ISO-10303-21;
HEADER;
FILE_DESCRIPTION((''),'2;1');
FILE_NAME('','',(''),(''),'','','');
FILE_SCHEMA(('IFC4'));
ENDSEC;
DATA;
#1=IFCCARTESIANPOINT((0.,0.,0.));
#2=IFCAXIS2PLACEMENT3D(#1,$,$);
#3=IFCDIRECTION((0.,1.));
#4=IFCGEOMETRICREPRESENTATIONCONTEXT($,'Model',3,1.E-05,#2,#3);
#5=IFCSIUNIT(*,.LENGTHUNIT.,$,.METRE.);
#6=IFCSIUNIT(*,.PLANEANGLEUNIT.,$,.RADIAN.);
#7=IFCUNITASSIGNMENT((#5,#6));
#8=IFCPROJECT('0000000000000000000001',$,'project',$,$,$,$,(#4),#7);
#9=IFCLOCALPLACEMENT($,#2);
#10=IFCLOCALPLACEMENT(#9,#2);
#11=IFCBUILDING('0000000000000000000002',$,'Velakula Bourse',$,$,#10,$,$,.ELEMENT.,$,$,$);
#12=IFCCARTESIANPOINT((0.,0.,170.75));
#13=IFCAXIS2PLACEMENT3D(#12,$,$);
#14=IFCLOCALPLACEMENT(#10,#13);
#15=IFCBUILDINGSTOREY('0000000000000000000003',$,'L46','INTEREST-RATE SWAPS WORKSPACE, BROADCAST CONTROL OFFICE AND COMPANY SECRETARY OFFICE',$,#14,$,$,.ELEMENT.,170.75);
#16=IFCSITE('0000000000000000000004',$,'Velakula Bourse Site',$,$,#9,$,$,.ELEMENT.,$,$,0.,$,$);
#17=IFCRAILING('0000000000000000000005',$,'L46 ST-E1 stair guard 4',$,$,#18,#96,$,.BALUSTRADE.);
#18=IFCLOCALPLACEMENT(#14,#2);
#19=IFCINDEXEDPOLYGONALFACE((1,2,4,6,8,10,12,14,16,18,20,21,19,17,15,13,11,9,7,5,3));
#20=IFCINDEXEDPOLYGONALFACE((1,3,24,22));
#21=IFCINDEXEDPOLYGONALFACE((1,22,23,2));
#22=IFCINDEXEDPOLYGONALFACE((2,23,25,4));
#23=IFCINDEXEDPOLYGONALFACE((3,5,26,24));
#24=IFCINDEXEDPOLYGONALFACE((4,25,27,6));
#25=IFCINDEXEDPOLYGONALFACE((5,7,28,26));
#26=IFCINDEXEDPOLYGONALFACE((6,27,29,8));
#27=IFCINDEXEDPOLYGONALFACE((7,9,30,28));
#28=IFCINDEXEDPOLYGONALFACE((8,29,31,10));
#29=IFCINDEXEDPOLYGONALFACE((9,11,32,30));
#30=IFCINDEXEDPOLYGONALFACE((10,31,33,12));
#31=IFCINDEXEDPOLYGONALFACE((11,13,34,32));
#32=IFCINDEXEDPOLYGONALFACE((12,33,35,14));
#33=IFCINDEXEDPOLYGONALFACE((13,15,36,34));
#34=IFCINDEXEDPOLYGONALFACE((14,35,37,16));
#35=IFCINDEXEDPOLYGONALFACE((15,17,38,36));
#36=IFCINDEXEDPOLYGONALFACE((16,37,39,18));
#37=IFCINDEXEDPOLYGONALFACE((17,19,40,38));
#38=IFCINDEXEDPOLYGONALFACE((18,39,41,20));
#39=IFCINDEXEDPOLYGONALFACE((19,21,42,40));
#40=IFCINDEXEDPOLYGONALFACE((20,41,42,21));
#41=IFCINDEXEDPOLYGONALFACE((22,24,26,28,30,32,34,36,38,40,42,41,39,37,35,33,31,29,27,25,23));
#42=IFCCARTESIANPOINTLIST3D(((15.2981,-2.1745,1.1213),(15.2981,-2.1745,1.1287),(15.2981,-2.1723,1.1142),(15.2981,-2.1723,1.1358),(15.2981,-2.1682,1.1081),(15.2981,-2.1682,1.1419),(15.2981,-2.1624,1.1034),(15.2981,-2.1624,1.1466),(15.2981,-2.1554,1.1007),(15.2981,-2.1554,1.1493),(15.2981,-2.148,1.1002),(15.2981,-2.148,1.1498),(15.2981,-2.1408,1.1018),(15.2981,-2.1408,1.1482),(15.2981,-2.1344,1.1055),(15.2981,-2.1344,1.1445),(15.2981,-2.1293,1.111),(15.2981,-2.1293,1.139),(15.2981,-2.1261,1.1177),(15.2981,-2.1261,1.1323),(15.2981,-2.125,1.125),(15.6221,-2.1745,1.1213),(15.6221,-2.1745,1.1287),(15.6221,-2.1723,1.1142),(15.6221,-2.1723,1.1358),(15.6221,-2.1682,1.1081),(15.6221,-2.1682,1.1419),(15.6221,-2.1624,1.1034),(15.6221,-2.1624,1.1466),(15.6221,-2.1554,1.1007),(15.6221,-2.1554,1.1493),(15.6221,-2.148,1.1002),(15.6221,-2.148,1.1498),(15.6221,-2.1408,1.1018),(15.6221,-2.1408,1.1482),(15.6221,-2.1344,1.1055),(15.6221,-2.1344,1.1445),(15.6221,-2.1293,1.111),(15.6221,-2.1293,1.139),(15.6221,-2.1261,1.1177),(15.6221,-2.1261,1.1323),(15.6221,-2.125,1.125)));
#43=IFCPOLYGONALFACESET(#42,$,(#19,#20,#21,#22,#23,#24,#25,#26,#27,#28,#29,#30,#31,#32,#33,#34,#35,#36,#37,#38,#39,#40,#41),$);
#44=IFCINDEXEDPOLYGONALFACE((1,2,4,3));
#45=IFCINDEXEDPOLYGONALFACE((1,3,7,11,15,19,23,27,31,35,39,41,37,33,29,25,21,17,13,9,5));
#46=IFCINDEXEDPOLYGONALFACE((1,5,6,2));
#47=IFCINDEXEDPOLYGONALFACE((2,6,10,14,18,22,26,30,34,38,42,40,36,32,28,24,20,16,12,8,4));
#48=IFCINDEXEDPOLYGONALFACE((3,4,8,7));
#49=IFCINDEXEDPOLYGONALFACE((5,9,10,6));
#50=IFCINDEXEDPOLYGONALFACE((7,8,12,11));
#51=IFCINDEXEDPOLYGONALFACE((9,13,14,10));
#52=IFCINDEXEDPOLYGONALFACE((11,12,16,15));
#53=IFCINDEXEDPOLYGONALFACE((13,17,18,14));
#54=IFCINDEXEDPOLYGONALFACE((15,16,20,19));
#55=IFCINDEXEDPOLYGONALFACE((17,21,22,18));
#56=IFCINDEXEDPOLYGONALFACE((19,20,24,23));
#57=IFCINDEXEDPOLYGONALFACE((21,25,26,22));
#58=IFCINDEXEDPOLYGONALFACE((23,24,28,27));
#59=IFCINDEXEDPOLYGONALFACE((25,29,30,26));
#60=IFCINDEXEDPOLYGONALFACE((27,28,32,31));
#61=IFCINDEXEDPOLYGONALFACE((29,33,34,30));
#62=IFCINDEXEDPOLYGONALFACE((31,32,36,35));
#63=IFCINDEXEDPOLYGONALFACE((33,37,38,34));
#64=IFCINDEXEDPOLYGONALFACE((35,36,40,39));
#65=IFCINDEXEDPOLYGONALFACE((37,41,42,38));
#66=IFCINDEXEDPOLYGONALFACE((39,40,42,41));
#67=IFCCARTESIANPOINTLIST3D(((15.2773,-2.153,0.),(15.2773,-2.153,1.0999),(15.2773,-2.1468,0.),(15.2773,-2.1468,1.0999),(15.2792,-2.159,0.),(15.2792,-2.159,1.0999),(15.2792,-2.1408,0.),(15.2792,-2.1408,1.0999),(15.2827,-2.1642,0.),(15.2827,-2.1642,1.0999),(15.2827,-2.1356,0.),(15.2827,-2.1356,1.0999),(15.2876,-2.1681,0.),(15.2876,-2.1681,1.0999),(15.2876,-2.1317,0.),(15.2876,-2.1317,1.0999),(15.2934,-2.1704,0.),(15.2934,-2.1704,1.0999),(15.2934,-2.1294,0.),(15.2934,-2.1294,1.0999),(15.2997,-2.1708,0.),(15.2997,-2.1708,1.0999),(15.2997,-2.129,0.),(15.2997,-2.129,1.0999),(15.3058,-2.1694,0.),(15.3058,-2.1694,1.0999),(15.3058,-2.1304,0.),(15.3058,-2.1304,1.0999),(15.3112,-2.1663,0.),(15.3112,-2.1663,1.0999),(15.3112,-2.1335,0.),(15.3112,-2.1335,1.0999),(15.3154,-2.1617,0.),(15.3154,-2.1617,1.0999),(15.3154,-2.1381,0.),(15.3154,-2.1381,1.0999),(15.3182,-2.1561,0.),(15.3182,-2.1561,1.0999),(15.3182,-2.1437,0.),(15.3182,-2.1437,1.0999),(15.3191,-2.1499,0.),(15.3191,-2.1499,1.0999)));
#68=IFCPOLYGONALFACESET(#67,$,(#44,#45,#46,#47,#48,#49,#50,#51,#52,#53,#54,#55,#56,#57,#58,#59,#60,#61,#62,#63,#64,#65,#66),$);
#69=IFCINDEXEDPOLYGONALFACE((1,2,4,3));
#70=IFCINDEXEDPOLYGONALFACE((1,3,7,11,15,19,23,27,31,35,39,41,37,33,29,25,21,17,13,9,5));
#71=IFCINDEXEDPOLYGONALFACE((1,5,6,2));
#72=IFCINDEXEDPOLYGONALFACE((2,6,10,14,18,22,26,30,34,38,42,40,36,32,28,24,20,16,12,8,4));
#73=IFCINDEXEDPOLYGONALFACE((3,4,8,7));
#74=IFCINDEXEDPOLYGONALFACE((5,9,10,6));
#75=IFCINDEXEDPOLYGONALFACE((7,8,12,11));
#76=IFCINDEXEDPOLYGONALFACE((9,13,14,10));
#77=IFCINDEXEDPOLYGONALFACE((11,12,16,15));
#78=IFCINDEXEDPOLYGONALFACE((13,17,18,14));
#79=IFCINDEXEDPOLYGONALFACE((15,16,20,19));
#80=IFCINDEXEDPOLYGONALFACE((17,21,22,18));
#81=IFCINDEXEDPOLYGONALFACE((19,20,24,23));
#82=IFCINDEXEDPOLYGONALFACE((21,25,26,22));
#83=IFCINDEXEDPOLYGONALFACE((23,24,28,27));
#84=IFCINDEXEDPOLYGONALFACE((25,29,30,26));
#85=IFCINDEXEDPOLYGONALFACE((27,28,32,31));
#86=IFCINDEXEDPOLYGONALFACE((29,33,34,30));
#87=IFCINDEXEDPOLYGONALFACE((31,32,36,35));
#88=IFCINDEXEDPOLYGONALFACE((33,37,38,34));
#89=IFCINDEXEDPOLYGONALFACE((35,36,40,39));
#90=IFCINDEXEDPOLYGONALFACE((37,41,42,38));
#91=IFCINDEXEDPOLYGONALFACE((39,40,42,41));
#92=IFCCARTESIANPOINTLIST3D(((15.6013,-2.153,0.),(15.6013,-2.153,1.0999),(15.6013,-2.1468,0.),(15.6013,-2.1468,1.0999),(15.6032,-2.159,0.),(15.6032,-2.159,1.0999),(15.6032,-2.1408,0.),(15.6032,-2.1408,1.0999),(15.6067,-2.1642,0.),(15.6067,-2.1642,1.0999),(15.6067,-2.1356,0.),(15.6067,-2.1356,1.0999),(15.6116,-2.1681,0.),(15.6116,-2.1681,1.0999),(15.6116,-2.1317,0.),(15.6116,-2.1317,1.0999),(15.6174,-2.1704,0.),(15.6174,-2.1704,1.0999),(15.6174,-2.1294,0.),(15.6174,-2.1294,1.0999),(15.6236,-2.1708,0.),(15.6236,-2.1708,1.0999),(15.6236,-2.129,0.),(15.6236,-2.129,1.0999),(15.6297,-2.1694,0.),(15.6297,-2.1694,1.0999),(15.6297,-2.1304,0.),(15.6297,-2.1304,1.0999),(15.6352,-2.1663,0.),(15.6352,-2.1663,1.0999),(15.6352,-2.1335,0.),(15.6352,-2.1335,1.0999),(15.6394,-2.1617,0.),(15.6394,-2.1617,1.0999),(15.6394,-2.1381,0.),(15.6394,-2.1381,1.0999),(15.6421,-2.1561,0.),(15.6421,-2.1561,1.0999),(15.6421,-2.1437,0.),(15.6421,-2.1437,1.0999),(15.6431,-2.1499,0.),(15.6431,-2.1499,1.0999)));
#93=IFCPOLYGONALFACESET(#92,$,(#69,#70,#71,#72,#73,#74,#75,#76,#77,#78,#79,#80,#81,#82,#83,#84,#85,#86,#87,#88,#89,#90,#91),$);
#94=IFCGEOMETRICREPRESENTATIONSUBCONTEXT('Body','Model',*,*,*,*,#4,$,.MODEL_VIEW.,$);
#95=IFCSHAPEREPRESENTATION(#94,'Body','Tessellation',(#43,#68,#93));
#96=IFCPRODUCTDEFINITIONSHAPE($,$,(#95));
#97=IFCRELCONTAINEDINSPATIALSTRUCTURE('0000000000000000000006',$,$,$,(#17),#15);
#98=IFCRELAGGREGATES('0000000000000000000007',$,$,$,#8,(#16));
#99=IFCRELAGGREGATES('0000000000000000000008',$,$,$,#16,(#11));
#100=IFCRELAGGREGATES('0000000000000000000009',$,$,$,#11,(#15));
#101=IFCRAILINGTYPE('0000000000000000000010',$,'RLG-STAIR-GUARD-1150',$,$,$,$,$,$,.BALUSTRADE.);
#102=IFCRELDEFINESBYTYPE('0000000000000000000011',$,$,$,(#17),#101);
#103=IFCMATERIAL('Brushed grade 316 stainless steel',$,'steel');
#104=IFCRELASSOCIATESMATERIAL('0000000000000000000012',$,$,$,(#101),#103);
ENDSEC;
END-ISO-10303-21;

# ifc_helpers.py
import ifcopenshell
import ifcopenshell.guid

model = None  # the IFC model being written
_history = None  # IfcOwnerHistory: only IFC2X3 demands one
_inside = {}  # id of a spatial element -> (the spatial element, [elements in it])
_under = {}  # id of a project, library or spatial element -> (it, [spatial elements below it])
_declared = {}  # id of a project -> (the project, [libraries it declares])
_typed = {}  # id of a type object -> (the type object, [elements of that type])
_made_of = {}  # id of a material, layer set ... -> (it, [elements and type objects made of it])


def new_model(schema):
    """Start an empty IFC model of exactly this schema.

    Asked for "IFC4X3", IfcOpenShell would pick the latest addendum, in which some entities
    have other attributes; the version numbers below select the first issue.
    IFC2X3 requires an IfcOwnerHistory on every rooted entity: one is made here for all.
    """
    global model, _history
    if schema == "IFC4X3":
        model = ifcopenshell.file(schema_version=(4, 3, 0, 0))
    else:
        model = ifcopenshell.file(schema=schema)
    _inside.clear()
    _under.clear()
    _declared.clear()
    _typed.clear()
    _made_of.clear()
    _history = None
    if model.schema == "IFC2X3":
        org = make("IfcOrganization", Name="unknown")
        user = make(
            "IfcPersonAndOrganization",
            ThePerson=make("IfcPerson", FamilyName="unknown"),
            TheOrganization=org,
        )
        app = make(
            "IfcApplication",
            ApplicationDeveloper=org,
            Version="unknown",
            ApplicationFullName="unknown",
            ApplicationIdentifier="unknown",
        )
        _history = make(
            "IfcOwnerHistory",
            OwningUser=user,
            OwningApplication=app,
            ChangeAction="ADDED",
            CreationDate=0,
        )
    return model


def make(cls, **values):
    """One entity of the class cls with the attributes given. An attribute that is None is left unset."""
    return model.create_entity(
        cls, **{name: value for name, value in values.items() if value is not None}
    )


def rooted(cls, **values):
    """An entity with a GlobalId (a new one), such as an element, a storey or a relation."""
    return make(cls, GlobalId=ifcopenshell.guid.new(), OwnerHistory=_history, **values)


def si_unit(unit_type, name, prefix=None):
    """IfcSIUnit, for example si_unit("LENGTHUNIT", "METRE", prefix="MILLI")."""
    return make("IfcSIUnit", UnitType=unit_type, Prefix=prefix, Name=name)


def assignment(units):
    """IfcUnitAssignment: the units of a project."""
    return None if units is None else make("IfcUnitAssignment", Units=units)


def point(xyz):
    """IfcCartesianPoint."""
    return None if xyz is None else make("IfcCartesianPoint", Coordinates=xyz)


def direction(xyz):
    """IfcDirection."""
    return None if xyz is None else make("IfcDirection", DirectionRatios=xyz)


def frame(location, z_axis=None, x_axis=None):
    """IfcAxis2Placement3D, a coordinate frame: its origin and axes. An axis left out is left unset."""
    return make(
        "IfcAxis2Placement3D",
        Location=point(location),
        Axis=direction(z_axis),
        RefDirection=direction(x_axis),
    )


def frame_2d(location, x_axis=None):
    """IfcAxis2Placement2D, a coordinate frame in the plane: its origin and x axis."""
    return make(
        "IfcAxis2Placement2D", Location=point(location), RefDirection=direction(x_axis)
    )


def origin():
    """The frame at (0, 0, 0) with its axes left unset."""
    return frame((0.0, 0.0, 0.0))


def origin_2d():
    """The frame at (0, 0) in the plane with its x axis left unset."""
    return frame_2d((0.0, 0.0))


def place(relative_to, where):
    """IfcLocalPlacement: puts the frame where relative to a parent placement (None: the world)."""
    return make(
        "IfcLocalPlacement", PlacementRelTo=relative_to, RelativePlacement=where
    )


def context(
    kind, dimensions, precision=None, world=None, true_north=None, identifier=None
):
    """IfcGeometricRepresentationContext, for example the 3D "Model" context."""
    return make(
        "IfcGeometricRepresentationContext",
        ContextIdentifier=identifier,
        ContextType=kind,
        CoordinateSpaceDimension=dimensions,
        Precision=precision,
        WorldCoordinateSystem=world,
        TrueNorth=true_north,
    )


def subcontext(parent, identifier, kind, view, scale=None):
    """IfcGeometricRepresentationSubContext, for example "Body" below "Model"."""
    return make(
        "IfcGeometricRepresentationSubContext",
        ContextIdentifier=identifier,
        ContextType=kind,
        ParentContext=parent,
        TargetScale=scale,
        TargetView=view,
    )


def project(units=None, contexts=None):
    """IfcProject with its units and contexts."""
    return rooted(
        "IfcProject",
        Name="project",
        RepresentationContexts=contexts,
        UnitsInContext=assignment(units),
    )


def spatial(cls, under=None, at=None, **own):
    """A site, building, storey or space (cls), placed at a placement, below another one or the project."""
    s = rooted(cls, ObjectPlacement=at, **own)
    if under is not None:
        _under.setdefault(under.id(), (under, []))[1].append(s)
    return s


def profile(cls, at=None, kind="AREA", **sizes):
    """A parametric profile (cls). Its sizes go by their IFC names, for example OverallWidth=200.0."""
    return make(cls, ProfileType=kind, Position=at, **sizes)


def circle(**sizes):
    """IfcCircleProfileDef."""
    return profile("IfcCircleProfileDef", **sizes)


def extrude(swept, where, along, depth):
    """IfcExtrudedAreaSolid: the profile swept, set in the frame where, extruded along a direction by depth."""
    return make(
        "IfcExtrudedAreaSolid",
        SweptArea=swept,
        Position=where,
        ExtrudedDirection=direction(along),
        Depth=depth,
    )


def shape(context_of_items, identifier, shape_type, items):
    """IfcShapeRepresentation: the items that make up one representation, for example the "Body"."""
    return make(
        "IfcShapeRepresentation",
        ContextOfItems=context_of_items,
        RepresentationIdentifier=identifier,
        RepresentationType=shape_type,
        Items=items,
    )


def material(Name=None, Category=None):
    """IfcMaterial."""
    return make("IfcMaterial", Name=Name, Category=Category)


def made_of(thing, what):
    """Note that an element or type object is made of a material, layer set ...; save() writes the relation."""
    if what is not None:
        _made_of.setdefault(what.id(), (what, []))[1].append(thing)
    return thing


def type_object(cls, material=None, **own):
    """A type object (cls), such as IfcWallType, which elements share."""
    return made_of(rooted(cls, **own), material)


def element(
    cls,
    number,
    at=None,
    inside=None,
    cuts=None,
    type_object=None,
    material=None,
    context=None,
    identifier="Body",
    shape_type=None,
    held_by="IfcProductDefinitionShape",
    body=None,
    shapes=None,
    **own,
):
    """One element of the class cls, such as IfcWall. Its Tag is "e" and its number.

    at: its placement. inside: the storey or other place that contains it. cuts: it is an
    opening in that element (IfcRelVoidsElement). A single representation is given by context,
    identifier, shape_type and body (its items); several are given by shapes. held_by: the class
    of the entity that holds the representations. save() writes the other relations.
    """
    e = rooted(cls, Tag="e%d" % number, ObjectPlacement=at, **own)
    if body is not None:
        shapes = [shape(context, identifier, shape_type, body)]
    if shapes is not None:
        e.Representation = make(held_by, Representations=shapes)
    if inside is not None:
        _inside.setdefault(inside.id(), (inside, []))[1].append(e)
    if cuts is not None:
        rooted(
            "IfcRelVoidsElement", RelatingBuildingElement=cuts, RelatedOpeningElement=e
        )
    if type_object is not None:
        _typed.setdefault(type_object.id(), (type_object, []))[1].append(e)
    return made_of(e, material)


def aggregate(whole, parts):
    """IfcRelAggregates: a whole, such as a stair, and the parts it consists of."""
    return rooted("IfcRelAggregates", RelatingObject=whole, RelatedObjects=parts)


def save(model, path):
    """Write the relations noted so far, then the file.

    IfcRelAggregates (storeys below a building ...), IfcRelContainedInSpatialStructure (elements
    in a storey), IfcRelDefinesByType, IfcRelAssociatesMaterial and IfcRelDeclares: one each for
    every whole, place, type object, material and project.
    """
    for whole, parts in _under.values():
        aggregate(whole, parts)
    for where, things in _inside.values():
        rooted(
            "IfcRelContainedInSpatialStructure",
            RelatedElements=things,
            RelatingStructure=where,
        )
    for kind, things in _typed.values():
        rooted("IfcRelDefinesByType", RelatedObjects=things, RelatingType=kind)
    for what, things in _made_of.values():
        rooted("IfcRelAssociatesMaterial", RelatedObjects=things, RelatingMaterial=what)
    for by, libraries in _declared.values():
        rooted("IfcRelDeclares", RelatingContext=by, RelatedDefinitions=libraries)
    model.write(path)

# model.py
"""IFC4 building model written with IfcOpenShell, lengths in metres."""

from ifc_helpers import new_model, si_unit, direction, frame, origin, origin_2d, place, context, subcontext, project, spatial, circle, extrude, material, type_object, element, save


model = new_model("IFC4")

# Units and contexts
model_context = context("Model", 3, precision=1e-05, world=origin(), true_north=direction((0.0, 1.0)))
body_context = subcontext(model_context, "Body", "Model", "MODEL_VIEW")
ifc_project = project(units=[si_unit("LENGTHUNIT", "METRE"), si_unit("PLANEANGLEUNIT", "RADIAN")], contexts=[model_context])

# Site, building, storey
site_placement = place(None, origin())
site = spatial("IfcSite", under=ifc_project, at=site_placement, Name="Velakula Bourse Site", CompositionType="ELEMENT", RefElevation=0.0)
building_placement = place(site_placement, origin())
building = spatial("IfcBuilding", under=site, at=building_placement, Name="Velakula Bourse", CompositionType="ELEMENT")
storey_placement = place(building_placement, frame((0.0, 0.0, 170.75)))
storey = spatial("IfcBuildingStorey", under=building, at=storey_placement, Name="L46", Description="INTEREST-RATE SWAPS WORKSPACE, BROADCAST CONTROL OFFICE AND COMPANY SECRETARY OFFICE", CompositionType="ELEMENT", Elevation=170.75)

# Shared definitions
ifc_material_1 = material(Name="Brushed grade 316 stainless steel", Category="steel")

# Railing
railing_type_1 = type_object("IfcRailingType", Name="RLG-STAIR-GUARD-1150", PredefinedType="BALUSTRADE", material=ifc_material_1)
railing_1_placement = place(storey_placement, frame((15.2981, -2.1499, 0.0)))
element("IfcRailing", 1, at=railing_1_placement, inside=storey, type_object=railing_type_1, Name="L46 ST-E1 stair guard 4", PredefinedType="BALUSTRADE", context=body_context, shape_type="SweptSolid", body=[
    extrude(circle(Radius=0.0249, at=origin_2d()), frame((0.0, 0.0, 1.125), z_axis=(1.0, 0.0, 0.0), x_axis=(0.0, 1.0, 0.0)), (0.0, 0.0, 1.0), 0.324),
    extrude(circle(Radius=0.021, at=origin_2d()), origin(), (0.0, 0.0, 1.0), 1.0999),
    extrude(circle(Radius=0.021, at=origin_2d()), frame((0.324, 0.0, 0.0)), (0.0, 0.0, 1.0), 1.0999),
])

save(model, "model.ifc")
